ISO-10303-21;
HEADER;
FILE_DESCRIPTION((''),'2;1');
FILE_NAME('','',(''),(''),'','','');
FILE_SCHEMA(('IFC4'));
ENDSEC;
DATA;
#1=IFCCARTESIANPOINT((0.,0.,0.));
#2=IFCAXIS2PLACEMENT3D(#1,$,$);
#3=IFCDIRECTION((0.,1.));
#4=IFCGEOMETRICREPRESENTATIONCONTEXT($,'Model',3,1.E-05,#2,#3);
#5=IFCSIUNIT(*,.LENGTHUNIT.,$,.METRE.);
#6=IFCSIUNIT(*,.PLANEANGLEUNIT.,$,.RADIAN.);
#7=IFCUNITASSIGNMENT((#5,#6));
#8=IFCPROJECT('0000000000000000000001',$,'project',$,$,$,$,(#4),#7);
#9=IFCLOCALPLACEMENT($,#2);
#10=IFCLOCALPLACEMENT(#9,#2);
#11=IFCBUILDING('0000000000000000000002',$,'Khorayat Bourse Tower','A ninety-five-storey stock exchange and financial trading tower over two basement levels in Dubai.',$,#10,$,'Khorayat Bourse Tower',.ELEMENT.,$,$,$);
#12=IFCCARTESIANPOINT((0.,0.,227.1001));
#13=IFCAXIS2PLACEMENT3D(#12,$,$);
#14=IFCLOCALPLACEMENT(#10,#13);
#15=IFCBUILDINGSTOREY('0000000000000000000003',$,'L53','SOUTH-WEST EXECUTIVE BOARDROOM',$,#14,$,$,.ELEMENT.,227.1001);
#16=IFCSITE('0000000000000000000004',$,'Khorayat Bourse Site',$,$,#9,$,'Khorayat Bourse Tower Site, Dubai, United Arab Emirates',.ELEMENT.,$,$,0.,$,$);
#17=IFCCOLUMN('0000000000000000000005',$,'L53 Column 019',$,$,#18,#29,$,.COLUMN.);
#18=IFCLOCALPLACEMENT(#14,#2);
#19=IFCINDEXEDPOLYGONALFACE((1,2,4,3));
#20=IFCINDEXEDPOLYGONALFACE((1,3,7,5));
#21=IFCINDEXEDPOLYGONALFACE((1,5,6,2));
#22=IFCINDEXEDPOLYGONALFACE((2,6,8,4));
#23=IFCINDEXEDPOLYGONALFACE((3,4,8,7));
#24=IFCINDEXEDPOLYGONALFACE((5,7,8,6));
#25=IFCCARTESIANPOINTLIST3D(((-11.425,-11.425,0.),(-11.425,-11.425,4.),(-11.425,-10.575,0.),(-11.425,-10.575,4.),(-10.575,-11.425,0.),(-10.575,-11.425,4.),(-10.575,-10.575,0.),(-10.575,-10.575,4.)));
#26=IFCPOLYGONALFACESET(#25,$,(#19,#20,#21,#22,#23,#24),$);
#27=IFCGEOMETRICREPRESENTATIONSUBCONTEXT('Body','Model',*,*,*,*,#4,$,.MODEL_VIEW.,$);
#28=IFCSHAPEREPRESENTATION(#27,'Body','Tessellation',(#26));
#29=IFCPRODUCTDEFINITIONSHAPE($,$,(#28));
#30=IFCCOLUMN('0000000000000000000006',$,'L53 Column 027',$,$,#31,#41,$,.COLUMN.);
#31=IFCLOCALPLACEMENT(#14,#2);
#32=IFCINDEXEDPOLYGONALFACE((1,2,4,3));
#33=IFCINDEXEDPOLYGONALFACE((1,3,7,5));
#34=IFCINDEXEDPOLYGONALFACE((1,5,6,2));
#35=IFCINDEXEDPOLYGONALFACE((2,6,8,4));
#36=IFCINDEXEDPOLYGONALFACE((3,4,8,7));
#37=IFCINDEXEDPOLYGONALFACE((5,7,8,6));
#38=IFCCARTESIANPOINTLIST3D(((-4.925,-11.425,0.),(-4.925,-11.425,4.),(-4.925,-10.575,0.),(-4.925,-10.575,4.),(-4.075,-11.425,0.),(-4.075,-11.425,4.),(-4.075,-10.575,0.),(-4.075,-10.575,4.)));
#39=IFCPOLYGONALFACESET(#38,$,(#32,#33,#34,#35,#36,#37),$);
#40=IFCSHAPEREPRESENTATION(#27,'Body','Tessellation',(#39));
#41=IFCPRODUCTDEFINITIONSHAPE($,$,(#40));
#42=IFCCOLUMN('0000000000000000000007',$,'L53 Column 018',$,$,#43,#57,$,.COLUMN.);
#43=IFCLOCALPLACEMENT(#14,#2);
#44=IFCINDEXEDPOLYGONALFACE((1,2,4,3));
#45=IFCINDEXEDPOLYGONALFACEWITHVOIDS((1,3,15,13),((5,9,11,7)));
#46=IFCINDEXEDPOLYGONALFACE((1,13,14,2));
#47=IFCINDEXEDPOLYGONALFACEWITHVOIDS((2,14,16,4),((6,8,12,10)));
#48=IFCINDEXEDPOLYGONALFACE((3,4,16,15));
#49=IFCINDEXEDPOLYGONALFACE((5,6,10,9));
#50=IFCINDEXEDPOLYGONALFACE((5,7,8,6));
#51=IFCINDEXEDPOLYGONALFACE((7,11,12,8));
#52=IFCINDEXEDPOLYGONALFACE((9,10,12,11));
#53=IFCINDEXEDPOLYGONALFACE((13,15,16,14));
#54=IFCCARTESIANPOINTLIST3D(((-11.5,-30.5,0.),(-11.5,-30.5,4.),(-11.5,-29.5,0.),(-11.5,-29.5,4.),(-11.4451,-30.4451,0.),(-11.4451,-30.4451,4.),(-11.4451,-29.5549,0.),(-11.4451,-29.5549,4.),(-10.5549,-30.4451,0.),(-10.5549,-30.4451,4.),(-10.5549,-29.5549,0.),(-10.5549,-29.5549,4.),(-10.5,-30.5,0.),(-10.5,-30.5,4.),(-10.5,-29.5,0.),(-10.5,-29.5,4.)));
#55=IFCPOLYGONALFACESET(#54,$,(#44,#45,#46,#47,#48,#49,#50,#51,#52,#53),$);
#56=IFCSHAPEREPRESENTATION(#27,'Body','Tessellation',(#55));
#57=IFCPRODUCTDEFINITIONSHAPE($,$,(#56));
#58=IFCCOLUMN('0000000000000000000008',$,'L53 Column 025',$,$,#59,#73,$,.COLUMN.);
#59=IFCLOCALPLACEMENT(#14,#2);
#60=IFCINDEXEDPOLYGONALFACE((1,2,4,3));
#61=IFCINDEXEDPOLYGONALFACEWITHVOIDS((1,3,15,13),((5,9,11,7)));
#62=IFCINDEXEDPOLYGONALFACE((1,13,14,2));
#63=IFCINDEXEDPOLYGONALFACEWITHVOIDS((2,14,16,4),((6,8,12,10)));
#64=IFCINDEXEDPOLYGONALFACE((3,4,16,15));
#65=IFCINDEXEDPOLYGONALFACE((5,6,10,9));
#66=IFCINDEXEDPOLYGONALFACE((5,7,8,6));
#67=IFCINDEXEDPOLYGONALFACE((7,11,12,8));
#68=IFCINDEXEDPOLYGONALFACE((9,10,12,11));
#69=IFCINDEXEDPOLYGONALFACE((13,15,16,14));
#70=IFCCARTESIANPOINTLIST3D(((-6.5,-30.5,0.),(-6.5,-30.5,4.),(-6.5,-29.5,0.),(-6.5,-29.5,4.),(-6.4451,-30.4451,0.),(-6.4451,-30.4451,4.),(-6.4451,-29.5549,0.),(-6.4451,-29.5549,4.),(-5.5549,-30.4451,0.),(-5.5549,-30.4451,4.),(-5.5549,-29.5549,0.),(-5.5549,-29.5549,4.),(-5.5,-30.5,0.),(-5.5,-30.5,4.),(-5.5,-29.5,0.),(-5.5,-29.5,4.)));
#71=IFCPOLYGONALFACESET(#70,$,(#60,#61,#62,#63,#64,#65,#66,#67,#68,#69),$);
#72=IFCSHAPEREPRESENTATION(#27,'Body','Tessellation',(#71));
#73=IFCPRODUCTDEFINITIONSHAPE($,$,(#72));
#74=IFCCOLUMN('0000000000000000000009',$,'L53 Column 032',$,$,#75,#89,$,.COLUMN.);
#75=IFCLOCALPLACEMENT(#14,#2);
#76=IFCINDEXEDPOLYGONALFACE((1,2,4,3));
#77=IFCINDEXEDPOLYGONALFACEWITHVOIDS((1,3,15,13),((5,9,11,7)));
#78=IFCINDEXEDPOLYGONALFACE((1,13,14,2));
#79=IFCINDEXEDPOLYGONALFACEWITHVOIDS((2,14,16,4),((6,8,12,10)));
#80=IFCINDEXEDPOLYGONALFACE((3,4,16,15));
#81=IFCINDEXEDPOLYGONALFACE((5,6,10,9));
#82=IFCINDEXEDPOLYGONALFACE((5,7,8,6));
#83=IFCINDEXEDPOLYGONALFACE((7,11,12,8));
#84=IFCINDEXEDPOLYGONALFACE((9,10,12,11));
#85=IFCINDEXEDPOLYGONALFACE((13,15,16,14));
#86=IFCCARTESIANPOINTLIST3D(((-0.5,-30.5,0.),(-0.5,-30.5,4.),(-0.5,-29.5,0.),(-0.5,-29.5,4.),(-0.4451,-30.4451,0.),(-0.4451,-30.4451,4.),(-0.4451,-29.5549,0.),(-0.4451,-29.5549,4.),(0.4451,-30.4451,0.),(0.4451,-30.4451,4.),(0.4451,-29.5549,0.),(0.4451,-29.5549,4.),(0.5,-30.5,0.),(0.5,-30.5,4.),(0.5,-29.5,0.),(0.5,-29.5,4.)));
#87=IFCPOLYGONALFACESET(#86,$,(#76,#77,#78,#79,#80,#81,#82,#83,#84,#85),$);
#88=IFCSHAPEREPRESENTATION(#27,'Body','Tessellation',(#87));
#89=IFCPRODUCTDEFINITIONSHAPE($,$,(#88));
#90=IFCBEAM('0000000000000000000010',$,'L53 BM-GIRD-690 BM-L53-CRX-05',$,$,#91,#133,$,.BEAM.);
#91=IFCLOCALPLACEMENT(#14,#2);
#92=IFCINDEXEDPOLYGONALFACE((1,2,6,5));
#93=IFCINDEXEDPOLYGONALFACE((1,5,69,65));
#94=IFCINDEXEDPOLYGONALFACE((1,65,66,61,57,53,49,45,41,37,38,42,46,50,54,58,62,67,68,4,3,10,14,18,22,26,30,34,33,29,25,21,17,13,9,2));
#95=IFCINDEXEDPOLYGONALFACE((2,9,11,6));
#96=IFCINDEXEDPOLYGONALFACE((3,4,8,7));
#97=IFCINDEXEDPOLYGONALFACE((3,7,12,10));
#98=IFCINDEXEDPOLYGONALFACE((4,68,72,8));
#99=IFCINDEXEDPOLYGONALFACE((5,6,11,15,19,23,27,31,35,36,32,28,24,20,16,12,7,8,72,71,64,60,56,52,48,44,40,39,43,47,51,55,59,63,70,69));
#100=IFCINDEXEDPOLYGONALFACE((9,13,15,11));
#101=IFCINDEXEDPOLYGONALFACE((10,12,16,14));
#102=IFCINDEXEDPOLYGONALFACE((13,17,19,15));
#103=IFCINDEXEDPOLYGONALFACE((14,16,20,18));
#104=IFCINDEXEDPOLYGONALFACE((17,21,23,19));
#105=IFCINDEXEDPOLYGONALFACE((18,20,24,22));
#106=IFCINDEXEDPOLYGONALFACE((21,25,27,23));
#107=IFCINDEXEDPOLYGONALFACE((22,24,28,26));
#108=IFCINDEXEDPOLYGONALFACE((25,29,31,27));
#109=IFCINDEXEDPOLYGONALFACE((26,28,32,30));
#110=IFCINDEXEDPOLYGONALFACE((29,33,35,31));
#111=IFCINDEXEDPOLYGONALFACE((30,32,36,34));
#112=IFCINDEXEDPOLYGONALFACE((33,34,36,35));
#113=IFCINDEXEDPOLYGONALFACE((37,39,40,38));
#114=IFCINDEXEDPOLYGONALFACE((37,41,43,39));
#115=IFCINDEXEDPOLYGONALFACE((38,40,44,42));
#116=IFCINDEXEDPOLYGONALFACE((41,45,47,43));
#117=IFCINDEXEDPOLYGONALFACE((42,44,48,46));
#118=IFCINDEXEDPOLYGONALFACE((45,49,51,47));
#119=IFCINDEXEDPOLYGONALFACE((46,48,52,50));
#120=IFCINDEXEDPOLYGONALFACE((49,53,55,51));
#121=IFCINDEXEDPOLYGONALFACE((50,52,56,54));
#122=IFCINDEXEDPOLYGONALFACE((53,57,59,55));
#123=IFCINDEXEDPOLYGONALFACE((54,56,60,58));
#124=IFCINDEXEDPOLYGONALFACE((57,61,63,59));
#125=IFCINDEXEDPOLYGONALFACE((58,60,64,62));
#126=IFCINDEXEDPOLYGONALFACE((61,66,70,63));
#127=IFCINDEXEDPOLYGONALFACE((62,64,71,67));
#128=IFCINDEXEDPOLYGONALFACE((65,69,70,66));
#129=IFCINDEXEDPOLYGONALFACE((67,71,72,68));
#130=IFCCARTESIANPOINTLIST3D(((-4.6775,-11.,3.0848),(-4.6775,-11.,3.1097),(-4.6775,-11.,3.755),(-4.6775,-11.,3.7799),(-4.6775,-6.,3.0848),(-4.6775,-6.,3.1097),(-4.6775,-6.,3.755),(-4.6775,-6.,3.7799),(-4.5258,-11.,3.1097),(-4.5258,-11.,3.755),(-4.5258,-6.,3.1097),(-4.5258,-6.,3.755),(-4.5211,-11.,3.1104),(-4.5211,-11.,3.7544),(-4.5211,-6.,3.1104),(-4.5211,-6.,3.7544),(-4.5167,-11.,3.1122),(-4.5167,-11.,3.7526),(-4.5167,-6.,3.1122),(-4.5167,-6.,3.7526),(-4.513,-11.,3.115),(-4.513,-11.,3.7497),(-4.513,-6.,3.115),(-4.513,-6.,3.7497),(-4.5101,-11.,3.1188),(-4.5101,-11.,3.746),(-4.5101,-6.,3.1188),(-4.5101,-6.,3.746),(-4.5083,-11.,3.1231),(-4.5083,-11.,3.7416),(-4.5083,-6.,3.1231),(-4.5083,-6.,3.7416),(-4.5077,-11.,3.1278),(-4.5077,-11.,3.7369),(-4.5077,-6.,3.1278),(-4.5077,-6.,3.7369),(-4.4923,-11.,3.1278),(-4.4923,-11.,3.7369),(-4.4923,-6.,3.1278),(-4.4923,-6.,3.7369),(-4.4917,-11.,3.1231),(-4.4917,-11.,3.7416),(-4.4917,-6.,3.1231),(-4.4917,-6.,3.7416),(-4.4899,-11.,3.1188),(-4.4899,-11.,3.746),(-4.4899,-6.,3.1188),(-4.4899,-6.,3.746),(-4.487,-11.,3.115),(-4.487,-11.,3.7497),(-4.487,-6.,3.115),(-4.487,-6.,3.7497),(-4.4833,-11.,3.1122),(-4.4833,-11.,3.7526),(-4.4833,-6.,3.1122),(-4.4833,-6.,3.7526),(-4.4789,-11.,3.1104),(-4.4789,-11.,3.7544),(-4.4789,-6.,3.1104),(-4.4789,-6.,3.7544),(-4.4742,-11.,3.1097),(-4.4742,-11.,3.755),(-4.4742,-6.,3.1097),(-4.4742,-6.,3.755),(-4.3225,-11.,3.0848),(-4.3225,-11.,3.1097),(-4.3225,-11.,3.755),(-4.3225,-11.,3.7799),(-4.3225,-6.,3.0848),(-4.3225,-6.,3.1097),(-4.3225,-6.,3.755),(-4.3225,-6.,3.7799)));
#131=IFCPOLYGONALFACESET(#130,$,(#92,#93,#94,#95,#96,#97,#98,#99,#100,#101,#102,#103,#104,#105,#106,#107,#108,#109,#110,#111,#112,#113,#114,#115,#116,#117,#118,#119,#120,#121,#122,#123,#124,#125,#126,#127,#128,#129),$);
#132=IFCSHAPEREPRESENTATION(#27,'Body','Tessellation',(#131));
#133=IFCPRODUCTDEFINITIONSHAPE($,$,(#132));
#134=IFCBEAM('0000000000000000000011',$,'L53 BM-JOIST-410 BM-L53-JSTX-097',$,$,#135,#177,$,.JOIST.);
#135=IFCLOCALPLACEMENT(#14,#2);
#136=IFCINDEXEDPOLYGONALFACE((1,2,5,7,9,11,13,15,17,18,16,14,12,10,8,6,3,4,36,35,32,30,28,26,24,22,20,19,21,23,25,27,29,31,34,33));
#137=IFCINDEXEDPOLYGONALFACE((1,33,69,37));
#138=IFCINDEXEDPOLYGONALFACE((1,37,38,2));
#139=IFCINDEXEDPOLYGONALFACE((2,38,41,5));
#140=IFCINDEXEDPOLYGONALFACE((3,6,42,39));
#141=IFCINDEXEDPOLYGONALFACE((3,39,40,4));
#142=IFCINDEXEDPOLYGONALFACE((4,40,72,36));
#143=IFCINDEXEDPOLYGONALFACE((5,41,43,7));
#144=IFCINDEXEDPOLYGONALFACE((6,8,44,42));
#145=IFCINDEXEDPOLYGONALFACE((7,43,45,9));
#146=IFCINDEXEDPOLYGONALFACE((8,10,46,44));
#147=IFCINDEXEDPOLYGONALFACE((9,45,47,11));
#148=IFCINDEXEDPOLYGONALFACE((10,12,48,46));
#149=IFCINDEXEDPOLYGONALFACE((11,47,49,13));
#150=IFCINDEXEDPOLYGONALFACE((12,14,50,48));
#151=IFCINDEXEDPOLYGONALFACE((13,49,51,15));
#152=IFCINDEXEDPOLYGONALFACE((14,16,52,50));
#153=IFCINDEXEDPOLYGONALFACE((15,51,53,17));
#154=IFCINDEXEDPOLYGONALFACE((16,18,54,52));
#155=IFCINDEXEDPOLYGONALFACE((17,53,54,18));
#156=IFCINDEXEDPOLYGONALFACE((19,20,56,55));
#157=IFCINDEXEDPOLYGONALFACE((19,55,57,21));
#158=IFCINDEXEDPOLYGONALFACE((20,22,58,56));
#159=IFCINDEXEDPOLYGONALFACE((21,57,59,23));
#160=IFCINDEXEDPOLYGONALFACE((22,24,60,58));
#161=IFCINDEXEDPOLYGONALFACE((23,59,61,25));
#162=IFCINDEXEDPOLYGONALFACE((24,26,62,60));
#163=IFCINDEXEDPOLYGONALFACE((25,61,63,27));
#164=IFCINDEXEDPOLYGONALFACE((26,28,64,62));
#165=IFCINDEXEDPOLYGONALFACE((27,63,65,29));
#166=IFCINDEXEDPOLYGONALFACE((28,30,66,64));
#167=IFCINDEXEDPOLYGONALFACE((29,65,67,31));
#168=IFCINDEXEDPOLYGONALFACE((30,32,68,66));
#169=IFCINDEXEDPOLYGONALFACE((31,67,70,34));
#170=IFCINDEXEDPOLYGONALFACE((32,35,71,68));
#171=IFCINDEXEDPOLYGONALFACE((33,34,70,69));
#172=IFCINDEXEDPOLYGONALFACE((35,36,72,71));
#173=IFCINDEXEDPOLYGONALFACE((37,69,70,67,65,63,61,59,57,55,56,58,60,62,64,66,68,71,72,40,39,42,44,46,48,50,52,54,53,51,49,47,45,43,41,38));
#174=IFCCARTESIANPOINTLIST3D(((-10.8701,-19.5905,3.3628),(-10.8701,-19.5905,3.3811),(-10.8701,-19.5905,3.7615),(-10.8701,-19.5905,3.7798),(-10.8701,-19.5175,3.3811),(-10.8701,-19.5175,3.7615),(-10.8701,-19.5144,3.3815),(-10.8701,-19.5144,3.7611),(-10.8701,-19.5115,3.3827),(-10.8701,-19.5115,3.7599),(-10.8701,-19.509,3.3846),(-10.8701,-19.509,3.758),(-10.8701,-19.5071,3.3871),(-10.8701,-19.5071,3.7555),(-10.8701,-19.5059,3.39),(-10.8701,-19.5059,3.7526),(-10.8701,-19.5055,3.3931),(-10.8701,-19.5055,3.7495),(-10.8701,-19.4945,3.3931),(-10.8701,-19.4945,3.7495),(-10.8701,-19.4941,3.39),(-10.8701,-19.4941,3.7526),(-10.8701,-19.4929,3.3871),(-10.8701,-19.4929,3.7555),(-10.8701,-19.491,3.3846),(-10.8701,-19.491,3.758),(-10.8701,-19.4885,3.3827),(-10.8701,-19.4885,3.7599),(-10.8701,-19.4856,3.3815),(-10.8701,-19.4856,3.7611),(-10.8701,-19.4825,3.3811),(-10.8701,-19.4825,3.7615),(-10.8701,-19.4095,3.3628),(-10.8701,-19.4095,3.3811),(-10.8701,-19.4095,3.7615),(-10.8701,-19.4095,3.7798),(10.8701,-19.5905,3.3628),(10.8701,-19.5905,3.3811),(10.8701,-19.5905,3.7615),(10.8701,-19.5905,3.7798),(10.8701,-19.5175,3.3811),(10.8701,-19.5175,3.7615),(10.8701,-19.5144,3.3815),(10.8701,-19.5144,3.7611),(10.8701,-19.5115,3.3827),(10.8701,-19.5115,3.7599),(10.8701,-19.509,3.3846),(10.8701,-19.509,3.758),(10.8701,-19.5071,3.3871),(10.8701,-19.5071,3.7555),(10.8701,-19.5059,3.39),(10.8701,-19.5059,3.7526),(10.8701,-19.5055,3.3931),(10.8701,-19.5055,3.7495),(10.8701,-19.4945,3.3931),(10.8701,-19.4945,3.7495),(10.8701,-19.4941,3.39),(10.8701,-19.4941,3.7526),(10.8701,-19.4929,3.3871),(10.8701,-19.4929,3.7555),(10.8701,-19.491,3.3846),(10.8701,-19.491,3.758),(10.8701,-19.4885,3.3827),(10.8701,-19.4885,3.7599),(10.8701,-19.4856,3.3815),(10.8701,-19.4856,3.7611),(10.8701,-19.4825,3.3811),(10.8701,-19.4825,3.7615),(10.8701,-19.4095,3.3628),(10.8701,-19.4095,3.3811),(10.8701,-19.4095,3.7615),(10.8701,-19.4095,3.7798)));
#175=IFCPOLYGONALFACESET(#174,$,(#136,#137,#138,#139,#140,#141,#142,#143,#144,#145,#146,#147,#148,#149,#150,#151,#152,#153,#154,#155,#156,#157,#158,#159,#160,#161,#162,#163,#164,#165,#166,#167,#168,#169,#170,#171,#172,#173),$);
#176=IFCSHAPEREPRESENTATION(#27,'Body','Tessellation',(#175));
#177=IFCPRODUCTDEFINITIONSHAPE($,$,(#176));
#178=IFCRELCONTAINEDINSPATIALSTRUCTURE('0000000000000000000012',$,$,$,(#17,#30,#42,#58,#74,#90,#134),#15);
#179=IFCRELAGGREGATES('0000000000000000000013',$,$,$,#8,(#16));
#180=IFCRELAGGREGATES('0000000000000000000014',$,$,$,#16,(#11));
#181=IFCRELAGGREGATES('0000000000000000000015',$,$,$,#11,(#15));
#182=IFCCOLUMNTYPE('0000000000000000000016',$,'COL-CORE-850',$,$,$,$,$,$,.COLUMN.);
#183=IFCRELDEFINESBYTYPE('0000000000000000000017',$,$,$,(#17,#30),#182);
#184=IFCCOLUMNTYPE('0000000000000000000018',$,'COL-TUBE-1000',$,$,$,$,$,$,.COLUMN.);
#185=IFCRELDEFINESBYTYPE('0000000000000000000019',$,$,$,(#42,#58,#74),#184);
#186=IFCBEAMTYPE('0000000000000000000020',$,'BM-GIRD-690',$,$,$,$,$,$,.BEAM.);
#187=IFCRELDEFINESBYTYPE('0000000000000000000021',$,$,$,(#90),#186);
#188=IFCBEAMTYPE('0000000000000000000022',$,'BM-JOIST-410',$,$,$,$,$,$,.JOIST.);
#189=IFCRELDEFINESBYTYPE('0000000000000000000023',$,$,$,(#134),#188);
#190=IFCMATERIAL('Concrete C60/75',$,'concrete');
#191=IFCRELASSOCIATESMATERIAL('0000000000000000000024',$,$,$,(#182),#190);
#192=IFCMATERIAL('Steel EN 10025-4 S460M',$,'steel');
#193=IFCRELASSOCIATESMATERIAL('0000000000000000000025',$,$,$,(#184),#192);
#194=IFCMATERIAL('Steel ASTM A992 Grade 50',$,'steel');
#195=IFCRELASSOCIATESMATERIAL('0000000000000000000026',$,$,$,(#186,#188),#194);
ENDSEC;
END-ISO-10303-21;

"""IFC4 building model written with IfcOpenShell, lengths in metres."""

from ifc_helpers import new_model, si_unit, direction, frame, origin, origin_2d, place, context, subcontext, project, spatial, rectangle, hollow_rectangle, i_section, extrude, source, transform, mapped, material, material_profile, profile_set, type_object, element, save


model = new_model("IFC4")

# Units and contexts
model_context = context("Model", 3, precision=1e-05, world=origin(), true_north=direction((0.0, 1.0)))
body_context = subcontext(model_context, "Body", "Model", "MODEL_VIEW")
ifc_project = project(units=[si_unit("LENGTHUNIT", "METRE"), si_unit("PLANEANGLEUNIT", "RADIAN")], contexts=[model_context])

# Site, building, storey
site_placement = place(None, origin())
site = spatial("IfcSite", under=ifc_project, at=site_placement, Name="Khorayat Bourse Site", LongName="Khorayat Bourse Tower Site, Dubai, United Arab Emirates", CompositionType="ELEMENT", RefElevation=0.0)
building_placement = place(site_placement, origin())
building = spatial("IfcBuilding", under=site, at=building_placement, Name="Khorayat Bourse Tower", Description="A ninety-five-storey stock exchange and financial trading tower over two basement levels in Dubai.", LongName="Khorayat Bourse Tower", CompositionType="ELEMENT")
storey_placement = place(building_placement, frame((0.0, 0.0, 227.1001)))
storey = spatial("IfcBuildingStorey", under=building, at=storey_placement, Name="L53", Description="SOUTH-WEST EXECUTIVE BOARDROOM", CompositionType="ELEMENT", Elevation=227.1001)

# Columns
ifc_material_1 = material(Name="Concrete C60/75", Category="concrete")
ifc_material_profile_1 = material_profile(ifc_material_1, rectangle(XDim=0.8501, YDim=0.8501, at=origin_2d()), Name="RC 850x850")
ifc_profile_set_1 = profile_set([ifc_material_profile_1], Name="Concrete C60/75")
column_type_1 = type_object("IfcColumnType", Name="COL-CORE-850", PredefinedType="COLUMN", material=ifc_profile_set_1)
shared_shape_1 = source(origin(), body_context, "Body", "SweptSolid", [
    extrude(rectangle(XDim=0.8501, YDim=0.8501, at=origin_2d()), origin(), (0.0, 0.0, 1.0), 4.0),
])
for number, where, z_axis, x_axis, name in (
    (1, (-11.0, -11.0, 0.0), (0.0, 0.0, 1.0), (1.0, 0.0, 0.0), "L53 Column 019"),
    (2, (-4.5, -11.0, 0.0), (0.0, 0.0, 1.0), (1.0, 0.0, 0.0), "L53 Column 027"),
):
    element("IfcColumn", number, at=place(storey_placement, frame(where, z_axis=z_axis, x_axis=x_axis)), inside=storey, type_object=column_type_1, Name=name, PredefinedType="COLUMN", context=body_context, shape_type="MappedRepresentation", body=[
        mapped(shared_shape_1, transform((0.0, 0.0, 0.0), scale=1.0)),
    ])
ifc_material_2 = material(Name="Steel EN 10025-4 S460M", Category="steel")
ifc_material_profile_2 = material_profile(ifc_material_2, hollow_rectangle(XDim=1.0, YDim=1.0, WallThickness=0.0549, at=origin_2d()), Name="BOX 1000x1000x55")
ifc_profile_set_2 = profile_set([ifc_material_profile_2], Name="Steel EN 10025-4 S460M")
column_type_2 = type_object("IfcColumnType", Name="COL-TUBE-1000", PredefinedType="COLUMN", material=ifc_profile_set_2)
shared_shape_2 = source(origin(), body_context, "Body", "SweptSolid", [
    extrude(hollow_rectangle(XDim=1.0, YDim=1.0, WallThickness=0.0549, at=origin_2d()), origin(), (0.0, 0.0, 1.0), 4.0),
])
for number, where, z_axis, x_axis, name in (
    (3, (-11.0, -30.0, 0.0), (0.0, 0.0, 1.0), (1.0, 0.0, 0.0), "L53 Column 018"),
    (4, (-6.0, -30.0, 0.0), (0.0, 0.0, 1.0), (1.0, 0.0, 0.0), "L53 Column 025"),
    (5, (0.0, -30.0, 0.0), (0.0, 0.0, 1.0), (1.0, 0.0, 0.0), "L53 Column 032"),
):
    element("IfcColumn", number, at=place(storey_placement, frame(where, z_axis=z_axis, x_axis=x_axis)), inside=storey, type_object=column_type_2, Name=name, PredefinedType="COLUMN", context=body_context, shape_type="MappedRepresentation", body=[
        mapped(shared_shape_2, transform((0.0, 0.0, 0.0), scale=1.0)),
    ])

# Beams
ifc_material_3 = material(Name="Steel ASTM A992 Grade 50", Category="steel")
ifc_material_profile_3 = material_profile(ifc_material_3, i_section(OverallWidth=0.355, OverallDepth=0.6951, WebThickness=0.0154, FlangeThickness=0.0249, FilletRadius=0.0181, at=origin_2d()), Name="W690X217")
ifc_profile_set_3 = profile_set([ifc_material_profile_3], Name="Steel ASTM A992 Grade 50")
beam_type_1 = type_object("IfcBeamType", Name="BM-GIRD-690", PredefinedType="BEAM", material=ifc_profile_set_3)
shared_shape_3 = source(origin(), body_context, "Body", "SweptSolid", [
    extrude(i_section(OverallWidth=0.355, OverallDepth=0.6951, WebThickness=0.0154, FlangeThickness=0.0249, FilletRadius=0.0181, at=origin_2d()), origin(), (0.0, 0.0, 1.0), 5.0),
])
beam_1_placement = place(storey_placement, frame((-4.5, -11.0, 3.4324), z_axis=(0.0, 1.0, 0.0), x_axis=(-1.0, 0.0, 0.0)))
element("IfcBeam", 6, at=beam_1_placement, inside=storey, type_object=beam_type_1, Name="L53 BM-GIRD-690 BM-L53-CRX-05", PredefinedType="BEAM", context=body_context, shape_type="MappedRepresentation", body=[
    mapped(shared_shape_3, transform((0.0, 0.0, 0.0), scale=1.0)),
])
ifc_material_profile_4 = material_profile(ifc_material_3, i_section(OverallWidth=0.1809, OverallDepth=0.417, WebThickness=0.011, FlangeThickness=0.0183, FilletRadius=0.012, at=origin_2d()), Name="W410X85")
ifc_profile_set_4 = profile_set([ifc_material_profile_4], Name="Steel ASTM A992 Grade 50")
beam_type_2 = type_object("IfcBeamType", Name="BM-JOIST-410", PredefinedType="JOIST", material=ifc_profile_set_4)
shared_shape_4 = source(origin(), body_context, "Body", "SweptSolid", [
    extrude(i_section(OverallWidth=0.1809, OverallDepth=0.417, WebThickness=0.011, FlangeThickness=0.0183, FilletRadius=0.012, at=origin_2d()), origin(), (0.0, 0.0, 1.0), 21.7402),
])
beam_2_placement = place(storey_placement, frame((-10.8701, -19.5, 3.5713), z_axis=(1.0, 0.0, 0.0), x_axis=(0.0, 1.0, 0.0)))
element("IfcBeam", 7, at=beam_2_placement, inside=storey, type_object=beam_type_2, Name="L53 BM-JOIST-410 BM-L53-JSTX-097", PredefinedType="JOIST", context=body_context, shape_type="MappedRepresentation", body=[
    mapped(shared_shape_4, transform((0.0, 0.0, 0.0), scale=1.0)),
])

save(model, "model.ifc")
